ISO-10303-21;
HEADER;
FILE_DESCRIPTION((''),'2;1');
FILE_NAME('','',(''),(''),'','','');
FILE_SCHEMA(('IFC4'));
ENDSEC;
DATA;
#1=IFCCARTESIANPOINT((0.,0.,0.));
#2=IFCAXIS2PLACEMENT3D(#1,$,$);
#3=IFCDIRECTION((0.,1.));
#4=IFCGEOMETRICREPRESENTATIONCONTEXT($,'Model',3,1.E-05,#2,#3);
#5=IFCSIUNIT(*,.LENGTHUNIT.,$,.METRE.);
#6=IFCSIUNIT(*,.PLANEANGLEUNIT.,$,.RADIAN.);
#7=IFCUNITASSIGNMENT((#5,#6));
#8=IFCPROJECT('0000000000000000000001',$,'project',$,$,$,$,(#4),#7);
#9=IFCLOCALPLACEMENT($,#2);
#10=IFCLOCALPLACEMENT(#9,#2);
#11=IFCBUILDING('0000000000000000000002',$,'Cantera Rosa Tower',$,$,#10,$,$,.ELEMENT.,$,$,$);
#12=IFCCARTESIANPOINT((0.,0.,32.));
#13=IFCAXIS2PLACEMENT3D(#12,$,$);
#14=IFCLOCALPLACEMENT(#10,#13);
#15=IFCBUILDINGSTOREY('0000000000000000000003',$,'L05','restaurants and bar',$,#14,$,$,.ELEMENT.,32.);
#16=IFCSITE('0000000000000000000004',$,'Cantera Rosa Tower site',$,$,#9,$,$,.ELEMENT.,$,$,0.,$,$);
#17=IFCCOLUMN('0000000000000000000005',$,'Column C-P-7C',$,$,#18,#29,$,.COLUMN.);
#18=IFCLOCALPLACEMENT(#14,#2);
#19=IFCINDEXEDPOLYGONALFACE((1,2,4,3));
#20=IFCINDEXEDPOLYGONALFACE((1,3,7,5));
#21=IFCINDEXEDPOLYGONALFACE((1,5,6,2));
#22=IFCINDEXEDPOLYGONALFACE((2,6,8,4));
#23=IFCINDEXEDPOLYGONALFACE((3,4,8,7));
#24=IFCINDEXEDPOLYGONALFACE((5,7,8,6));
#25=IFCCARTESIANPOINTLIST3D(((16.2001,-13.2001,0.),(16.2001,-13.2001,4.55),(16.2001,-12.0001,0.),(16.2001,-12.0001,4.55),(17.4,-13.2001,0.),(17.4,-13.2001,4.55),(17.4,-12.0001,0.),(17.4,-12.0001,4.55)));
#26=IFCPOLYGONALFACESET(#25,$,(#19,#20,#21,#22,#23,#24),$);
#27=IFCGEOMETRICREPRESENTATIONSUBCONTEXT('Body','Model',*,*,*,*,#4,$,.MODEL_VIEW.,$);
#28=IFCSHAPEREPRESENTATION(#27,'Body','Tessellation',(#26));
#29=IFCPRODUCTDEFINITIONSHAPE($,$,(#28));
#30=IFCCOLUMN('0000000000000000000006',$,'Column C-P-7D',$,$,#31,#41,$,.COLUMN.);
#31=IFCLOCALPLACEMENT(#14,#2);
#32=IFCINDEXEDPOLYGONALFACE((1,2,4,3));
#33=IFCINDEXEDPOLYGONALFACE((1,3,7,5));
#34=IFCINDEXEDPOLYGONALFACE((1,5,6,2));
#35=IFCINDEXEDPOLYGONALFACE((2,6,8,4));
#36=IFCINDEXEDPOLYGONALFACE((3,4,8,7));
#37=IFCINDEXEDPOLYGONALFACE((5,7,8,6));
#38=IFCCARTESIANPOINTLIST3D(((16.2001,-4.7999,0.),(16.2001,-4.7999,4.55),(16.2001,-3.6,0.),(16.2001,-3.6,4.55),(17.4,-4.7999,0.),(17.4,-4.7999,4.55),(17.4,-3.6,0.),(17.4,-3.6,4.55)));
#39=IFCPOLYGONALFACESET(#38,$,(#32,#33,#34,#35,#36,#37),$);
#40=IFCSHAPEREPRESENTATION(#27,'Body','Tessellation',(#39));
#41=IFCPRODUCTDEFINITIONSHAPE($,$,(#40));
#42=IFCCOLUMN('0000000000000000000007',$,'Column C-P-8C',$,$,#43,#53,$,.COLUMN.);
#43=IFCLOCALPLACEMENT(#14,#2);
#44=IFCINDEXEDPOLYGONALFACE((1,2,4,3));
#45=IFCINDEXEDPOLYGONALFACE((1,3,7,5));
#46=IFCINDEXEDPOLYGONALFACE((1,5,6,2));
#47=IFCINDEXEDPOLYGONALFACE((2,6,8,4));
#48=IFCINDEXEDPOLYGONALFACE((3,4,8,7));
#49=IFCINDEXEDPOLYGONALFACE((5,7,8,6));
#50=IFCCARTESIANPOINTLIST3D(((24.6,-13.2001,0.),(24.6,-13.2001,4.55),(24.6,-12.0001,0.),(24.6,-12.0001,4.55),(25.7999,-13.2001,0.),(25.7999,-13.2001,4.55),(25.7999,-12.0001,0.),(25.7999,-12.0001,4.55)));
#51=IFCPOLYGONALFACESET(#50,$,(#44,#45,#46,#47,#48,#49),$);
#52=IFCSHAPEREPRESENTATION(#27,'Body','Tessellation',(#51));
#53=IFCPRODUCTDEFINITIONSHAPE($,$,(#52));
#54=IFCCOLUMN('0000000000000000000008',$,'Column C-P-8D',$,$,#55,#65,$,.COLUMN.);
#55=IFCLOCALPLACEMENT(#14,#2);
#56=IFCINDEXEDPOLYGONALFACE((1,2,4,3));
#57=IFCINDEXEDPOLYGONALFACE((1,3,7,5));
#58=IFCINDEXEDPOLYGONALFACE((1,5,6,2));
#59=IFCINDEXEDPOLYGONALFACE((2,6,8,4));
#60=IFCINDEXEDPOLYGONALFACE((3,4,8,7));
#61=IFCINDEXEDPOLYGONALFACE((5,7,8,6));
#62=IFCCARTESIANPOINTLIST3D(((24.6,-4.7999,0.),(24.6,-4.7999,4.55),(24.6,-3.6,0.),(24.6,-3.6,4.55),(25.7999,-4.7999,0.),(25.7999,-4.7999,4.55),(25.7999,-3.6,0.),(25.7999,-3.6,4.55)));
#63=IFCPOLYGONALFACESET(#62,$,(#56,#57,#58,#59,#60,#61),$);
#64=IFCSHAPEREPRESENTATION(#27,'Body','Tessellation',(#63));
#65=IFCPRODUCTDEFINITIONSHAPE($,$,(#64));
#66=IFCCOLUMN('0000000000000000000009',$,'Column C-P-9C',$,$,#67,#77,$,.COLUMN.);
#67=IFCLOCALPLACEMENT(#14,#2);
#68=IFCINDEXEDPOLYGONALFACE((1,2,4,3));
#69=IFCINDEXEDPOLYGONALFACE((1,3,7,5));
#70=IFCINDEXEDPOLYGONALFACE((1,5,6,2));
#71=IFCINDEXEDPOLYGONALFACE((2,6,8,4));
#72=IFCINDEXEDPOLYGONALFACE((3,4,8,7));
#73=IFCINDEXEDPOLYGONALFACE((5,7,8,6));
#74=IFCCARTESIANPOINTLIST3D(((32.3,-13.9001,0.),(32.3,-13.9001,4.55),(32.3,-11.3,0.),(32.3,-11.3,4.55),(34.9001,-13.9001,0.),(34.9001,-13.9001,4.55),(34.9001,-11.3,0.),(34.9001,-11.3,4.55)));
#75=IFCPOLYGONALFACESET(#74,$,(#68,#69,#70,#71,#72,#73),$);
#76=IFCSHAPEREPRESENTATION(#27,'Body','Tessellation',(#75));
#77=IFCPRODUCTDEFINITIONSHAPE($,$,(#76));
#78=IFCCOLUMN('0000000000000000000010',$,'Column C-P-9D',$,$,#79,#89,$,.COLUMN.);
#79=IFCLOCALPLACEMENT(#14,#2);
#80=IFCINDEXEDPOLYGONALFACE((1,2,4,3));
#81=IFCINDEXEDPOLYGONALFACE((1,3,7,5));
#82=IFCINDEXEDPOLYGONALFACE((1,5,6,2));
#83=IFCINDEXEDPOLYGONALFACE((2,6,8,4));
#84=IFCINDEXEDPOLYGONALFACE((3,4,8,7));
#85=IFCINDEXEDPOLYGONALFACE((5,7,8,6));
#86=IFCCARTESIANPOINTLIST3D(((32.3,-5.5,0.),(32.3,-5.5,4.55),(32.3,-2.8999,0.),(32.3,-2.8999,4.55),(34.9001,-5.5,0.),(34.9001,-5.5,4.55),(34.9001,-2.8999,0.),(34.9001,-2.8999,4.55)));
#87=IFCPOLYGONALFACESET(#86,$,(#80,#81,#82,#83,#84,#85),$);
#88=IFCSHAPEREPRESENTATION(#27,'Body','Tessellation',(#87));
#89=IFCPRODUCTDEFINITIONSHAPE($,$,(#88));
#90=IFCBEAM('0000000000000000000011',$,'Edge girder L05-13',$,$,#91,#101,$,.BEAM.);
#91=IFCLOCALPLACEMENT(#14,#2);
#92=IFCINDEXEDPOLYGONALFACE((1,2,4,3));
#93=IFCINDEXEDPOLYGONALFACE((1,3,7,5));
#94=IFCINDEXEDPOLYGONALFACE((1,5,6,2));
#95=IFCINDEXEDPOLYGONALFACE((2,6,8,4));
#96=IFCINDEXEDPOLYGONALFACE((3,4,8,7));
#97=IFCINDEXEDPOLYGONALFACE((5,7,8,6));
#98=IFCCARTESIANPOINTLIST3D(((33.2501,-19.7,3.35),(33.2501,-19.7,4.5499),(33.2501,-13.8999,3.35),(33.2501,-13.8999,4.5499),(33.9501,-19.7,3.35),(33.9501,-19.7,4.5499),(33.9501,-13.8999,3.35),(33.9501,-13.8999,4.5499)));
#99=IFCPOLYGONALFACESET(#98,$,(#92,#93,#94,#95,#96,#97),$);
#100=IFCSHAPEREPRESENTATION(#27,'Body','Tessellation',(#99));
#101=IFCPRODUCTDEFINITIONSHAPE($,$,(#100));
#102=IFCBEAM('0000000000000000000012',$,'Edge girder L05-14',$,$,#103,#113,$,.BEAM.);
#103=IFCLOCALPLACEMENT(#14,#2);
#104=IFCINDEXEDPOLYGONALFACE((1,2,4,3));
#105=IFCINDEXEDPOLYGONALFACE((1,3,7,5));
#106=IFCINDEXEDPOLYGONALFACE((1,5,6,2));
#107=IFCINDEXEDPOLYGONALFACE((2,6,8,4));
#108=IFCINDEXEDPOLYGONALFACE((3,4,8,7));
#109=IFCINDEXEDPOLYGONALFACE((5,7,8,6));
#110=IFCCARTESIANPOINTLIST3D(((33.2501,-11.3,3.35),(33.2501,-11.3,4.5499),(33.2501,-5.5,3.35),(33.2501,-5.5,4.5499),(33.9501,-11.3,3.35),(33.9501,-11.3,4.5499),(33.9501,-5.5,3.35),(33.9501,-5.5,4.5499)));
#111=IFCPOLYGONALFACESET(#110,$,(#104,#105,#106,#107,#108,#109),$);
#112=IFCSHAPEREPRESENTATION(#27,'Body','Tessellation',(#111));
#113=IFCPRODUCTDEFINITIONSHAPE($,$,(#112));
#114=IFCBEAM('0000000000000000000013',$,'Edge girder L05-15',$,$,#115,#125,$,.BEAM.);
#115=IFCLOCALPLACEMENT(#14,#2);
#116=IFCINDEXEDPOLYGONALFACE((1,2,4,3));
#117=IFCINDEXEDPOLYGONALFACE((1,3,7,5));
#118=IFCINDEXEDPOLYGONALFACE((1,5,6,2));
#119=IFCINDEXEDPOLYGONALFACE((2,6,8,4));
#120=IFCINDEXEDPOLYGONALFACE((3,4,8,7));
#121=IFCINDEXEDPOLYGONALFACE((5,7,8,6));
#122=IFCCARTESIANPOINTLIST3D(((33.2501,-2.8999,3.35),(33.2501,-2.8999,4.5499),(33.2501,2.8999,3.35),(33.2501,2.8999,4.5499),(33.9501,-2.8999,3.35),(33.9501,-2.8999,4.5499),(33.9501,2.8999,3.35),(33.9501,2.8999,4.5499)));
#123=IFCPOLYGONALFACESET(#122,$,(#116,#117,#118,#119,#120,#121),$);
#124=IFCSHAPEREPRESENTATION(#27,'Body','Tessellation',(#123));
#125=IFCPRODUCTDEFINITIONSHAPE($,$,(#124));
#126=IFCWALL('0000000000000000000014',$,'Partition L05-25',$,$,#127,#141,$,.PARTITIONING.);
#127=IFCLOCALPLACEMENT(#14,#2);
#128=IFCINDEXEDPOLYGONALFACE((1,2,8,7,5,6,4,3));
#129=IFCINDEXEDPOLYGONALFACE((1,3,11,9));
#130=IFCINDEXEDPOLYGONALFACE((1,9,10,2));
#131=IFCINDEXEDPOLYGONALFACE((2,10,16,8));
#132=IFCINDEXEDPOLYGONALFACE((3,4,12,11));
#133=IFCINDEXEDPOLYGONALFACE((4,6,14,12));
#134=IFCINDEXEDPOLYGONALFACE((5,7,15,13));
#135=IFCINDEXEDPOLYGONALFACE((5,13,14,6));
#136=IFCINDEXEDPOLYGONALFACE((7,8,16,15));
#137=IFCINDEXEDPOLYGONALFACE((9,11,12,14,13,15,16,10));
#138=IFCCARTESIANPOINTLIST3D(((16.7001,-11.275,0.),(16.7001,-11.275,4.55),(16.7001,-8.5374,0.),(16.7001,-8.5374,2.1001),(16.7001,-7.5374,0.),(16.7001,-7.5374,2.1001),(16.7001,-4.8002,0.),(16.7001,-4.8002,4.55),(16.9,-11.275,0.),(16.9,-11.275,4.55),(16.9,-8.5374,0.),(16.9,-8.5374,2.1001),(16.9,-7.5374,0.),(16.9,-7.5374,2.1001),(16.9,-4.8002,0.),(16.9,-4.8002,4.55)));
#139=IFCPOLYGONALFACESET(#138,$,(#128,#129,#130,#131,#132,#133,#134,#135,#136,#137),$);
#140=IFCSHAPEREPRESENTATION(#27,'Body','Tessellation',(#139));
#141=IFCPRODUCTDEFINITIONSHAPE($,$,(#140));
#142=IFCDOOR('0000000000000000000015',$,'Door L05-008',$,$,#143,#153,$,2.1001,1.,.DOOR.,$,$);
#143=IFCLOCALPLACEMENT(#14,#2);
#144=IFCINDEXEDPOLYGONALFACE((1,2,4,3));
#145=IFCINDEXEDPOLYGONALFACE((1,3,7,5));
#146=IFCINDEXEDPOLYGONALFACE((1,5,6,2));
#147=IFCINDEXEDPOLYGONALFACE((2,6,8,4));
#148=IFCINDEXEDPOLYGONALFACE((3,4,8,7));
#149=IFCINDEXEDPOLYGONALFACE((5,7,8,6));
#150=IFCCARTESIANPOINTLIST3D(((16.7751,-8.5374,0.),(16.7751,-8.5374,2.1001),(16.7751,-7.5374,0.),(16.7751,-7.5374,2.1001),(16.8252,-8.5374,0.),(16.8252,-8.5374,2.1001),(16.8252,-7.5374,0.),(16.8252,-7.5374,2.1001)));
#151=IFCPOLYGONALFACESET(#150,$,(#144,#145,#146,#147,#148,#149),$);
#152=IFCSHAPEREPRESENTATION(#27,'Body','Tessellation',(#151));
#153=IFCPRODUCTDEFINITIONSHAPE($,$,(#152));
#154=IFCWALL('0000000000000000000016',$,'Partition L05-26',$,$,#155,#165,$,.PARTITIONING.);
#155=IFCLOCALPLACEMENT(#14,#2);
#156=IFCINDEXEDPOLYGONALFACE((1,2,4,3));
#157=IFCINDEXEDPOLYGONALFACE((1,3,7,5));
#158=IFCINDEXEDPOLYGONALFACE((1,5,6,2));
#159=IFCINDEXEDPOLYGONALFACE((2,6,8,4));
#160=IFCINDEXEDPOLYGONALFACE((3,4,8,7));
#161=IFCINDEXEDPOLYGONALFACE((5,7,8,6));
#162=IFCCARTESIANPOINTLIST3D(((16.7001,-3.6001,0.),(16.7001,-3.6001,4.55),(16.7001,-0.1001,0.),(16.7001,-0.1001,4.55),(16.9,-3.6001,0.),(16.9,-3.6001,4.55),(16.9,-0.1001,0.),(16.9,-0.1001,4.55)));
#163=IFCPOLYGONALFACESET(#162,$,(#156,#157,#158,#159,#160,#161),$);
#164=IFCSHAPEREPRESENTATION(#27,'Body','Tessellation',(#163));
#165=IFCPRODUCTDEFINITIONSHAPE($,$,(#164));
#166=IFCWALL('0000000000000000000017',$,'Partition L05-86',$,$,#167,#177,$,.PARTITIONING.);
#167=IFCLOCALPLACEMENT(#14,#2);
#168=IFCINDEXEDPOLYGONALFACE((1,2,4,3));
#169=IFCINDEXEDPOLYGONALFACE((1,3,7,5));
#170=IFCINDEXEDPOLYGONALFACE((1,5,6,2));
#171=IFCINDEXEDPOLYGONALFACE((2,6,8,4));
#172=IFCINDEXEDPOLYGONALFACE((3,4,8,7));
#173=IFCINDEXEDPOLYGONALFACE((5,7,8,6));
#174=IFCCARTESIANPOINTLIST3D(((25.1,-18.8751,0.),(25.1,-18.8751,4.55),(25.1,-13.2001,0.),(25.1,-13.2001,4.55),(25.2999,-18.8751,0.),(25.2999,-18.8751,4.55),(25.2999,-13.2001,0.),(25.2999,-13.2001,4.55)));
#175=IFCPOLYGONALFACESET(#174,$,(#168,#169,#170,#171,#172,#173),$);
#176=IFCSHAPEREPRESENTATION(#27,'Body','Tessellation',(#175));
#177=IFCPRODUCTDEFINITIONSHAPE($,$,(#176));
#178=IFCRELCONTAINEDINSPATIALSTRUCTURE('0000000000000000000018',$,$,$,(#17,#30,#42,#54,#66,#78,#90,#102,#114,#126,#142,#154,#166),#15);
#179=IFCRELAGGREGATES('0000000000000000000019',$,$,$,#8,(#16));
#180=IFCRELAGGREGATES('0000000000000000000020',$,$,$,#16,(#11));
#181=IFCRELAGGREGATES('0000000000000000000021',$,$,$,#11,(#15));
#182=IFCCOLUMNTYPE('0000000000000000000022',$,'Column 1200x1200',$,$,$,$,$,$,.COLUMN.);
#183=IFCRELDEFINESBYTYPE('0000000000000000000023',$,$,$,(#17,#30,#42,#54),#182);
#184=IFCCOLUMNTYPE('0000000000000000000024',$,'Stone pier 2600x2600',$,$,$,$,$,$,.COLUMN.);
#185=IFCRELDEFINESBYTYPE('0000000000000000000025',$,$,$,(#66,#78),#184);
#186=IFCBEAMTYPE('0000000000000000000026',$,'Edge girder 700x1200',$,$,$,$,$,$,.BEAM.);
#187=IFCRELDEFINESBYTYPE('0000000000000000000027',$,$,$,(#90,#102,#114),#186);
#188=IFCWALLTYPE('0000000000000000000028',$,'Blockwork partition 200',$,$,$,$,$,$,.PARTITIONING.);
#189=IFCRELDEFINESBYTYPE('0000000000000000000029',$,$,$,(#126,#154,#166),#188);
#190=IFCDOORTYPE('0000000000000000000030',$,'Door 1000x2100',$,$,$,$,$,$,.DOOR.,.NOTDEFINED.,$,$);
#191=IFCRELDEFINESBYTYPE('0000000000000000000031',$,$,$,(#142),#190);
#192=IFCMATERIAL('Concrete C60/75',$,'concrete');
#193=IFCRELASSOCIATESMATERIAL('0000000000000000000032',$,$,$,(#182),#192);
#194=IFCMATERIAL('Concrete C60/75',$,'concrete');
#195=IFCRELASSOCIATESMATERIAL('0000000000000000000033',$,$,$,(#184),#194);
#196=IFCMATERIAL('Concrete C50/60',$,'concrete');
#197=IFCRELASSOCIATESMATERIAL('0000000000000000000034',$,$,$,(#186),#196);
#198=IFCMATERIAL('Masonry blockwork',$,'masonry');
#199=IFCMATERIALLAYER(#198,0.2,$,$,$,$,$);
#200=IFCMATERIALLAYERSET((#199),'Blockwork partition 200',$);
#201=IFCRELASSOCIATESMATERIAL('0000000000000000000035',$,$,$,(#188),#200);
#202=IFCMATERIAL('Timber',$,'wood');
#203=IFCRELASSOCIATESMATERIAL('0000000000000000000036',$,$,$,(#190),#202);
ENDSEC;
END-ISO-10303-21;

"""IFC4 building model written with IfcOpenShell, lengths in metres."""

from ifc_helpers import new_model, si_unit, direction, frame, frame_2d, origin, origin_2d, place, context, subcontext, project, spatial, rectangle, extrude, material, layer, layer_set, material_profile, profile_set, type_object, element, fill, save


model = new_model("IFC4")

# Units and contexts
model_context = context("Model", 3, precision=1e-05, world=origin(), true_north=direction((0.0, 1.0)))
body_context = subcontext(model_context, "Body", "Model", "MODEL_VIEW")
ifc_project = project(units=[si_unit("LENGTHUNIT", "METRE"), si_unit("PLANEANGLEUNIT", "RADIAN")], contexts=[model_context])

# Site, building, storey
site_placement = place(None, origin())
site = spatial("IfcSite", under=ifc_project, at=site_placement, Name="Cantera Rosa Tower site", CompositionType="ELEMENT", RefElevation=0.0)
building_placement = place(site_placement, origin())
building = spatial("IfcBuilding", under=site, at=building_placement, Name="Cantera Rosa Tower", CompositionType="ELEMENT")
storey_placement = place(building_placement, frame((0.0, 0.0, 32.0)))
storey = spatial("IfcBuildingStorey", under=building, at=storey_placement, Name="L05", Description="restaurants and bar", CompositionType="ELEMENT", Elevation=32.0)

# Columns
ifc_material_1 = material(Name="Concrete C60/75", Category="concrete")
ifc_material_profile_1 = material_profile(ifc_material_1, rectangle(XDim=1.2, YDim=1.2, at=origin_2d()), Name="Column 1200x1200")
ifc_profile_set_1 = profile_set([ifc_material_profile_1], Name="Concrete C60/75")
column_type_1 = type_object("IfcColumnType", Name="Column 1200x1200", PredefinedType="COLUMN", material=ifc_profile_set_1)
for number, where, z_axis, x_axis, name in (
    (1, (16.8, -12.6001, 0.0), (0.0, 0.0, 1.0), (1.0, 0.0, 0.0), "Column C-P-7C"),
    (2, (16.8, -4.2, 0.0), (0.0, 0.0, 1.0), (1.0, 0.0, 0.0), "Column C-P-7D"),
    (3, (25.2, -12.6001, 0.0), (0.0, 0.0, 1.0), (1.0, 0.0, 0.0), "Column C-P-8C"),
    (4, (25.2, -4.2, 0.0), (0.0, 0.0, 1.0), (1.0, 0.0, 0.0), "Column C-P-8D"),
):
    element("IfcColumn", number, at=place(storey_placement, frame(where, z_axis=z_axis, x_axis=x_axis)), inside=storey, type_object=column_type_1, Name=name, PredefinedType="COLUMN", context=body_context, shape_type="SweptSolid", body=[
        extrude(rectangle(XDim=1.2, YDim=1.2, at=origin_2d()), origin(), (0.0, 0.0, 1.0), 4.55),
    ])
ifc_material_2 = material(Name="Concrete C60/75", Category="concrete")
ifc_material_profile_2 = material_profile(ifc_material_2, rectangle(XDim=2.6001, YDim=2.6001, at=origin_2d()), Name="Stone pier 2600x2600")
ifc_profile_set_2 = profile_set([ifc_material_profile_2], Name="Concrete C60/75")
column_type_2 = type_object("IfcColumnType", Name="Stone pier 2600x2600", PredefinedType="COLUMN", material=ifc_profile_set_2)
for number, where, z_axis, x_axis, name in (
    (5, (33.6001, -12.6001, 0.0), (0.0, 0.0, 1.0), (1.0, 0.0, 0.0), "Column C-P-9C"),
    (6, (33.6001, -4.2, 0.0), (0.0, 0.0, 1.0), (1.0, 0.0, 0.0), "Column C-P-9D"),
):
    element("IfcColumn", number, at=place(storey_placement, frame(where, z_axis=z_axis, x_axis=x_axis)), inside=storey, type_object=column_type_2, Name=name, PredefinedType="COLUMN", context=body_context, shape_type="SweptSolid", body=[
        extrude(rectangle(XDim=2.6001, YDim=2.6001, at=origin_2d()), origin(), (0.0, 0.0, 1.0), 4.55),
    ])

# Beams
ifc_material_3 = material(Name="Concrete C50/60", Category="concrete")
ifc_material_profile_3 = material_profile(ifc_material_3, rectangle(XDim=0.7, YDim=1.2, at=origin_2d()), Name="Edge girder 700x1200")
ifc_profile_set_3 = profile_set([ifc_material_profile_3], Name="Concrete C50/60")
beam_type = type_object("IfcBeamType", Name="Edge girder 700x1200", PredefinedType="BEAM", material=ifc_profile_set_3)
for number, where, z_axis, x_axis, name in (
    (7, (33.6001, -19.7, 3.95), (0.0, 1.0, 0.0), (-1.0, 0.0, 0.0), "Edge girder L05-13"),
    (8, (33.6001, -11.3, 3.95), (0.0, 1.0, 0.0), (-1.0, 0.0, 0.0), "Edge girder L05-14"),
):
    element("IfcBeam", number, at=place(storey_placement, frame(where, z_axis=z_axis, x_axis=x_axis)), inside=storey, type_object=beam_type, Name=name, PredefinedType="BEAM", context=body_context, shape_type="SweptSolid", body=[
        extrude(rectangle(XDim=0.7, YDim=1.2, at=origin_2d()), origin(), (0.0, 0.0, 1.0), 5.8),
    ])
beam_placement = place(storey_placement, frame((33.6001, -2.8999, 3.95), z_axis=(0.0, 1.0, 0.0), x_axis=(-1.0, 0.0, 0.0)))
element("IfcBeam", 9, at=beam_placement, inside=storey, type_object=beam_type, Name="Edge girder L05-15", PredefinedType="BEAM", context=body_context, shape_type="SweptSolid", body=[
    extrude(rectangle(XDim=0.7, YDim=1.2, at=origin_2d()), origin(), (0.0, 0.0, 1.0), 5.7998),
])

# Wall, opening, door
ifc_material_4 = material(Name="Masonry blockwork", Category="masonry")
ifc_layer_1 = layer(ifc_material_4, 0.2)
ifc_layer_set_1 = layer_set([ifc_layer_1], Name="Blockwork partition 200")
wall_type_1 = type_object("IfcWallType", Name="Blockwork partition 200", PredefinedType="PARTITIONING", material=ifc_layer_set_1)
wall_1_placement = place(storey_placement, frame((16.8, -11.2749, 0.0), z_axis=(0.0, 0.0, 1.0), x_axis=(0.0, 1.0, 0.0)))
wall_1 = element("IfcWall", 10, at=wall_1_placement, inside=storey, type_object=wall_type_1, Name="Partition L05-25", PredefinedType="PARTITIONING", context=body_context, shape_type="SweptSolid", body=[
    extrude(rectangle(XDim=6.4749, YDim=0.2, at=frame_2d((3.2373, 0.0))), origin(), (0.0, 0.0, 1.0), 4.55),
])
opening_1_placement = place(wall_1_placement, frame((2.7375, 0.0, 0.0)))
opening_1 = element("IfcOpeningElement", 11, at=opening_1_placement, cuts=wall_1, PredefinedType="OPENING", context=body_context, shape_type="SweptSolid", body=[
    extrude(rectangle(XDim=1.0, YDim=2.1001, at=frame_2d((0.5, 1.05))), frame((0.0, 0.1099, 0.0), z_axis=(0.0, -1.0, 0.0), x_axis=(1.0, 0.0, 0.0)), (0.0, 0.0, 1.0), 0.22),
])
ifc_material_5 = material(Name="Timber", Category="wood")
door_type_1 = type_object("IfcDoorType", Name="Door 1000x2100", OperationType="NOTDEFINED", PredefinedType="DOOR", material=ifc_material_5)
door_1_placement = place(opening_1_placement, origin())
door_1 = element("IfcDoor", 12, at=door_1_placement, inside=storey, type_object=door_type_1, Name="Door L05-008", OverallHeight=2.1001, OverallWidth=1.0, PredefinedType="DOOR", context=body_context, shape_type="SweptSolid", body=[
    extrude(rectangle(XDim=1.0, YDim=2.1001, at=frame_2d((0.5, 1.05))), frame((0.0, 0.0249, 0.0), z_axis=(0.0, -1.0, 0.0), x_axis=(1.0, 0.0, 0.0)), (0.0, 0.0, 1.0), 0.05),
])
fill(opening_1, door_1)

# Walls
wall_2_placement = place(storey_placement, frame((16.8, -3.6001, 0.0), z_axis=(0.0, 0.0, 1.0), x_axis=(0.0, 1.0, 0.0)))
element("IfcWall", 13, at=wall_2_placement, inside=storey, type_object=wall_type_1, Name="Partition L05-26", PredefinedType="PARTITIONING", context=body_context, shape_type="SweptSolid", body=[
    extrude(rectangle(XDim=3.5, YDim=0.2, at=frame_2d((1.75, 0.0))), origin(), (0.0, 0.0, 1.0), 4.55),
])
wall_3_placement = place(storey_placement, frame((25.2, -18.875, 0.0), z_axis=(0.0, 0.0, 1.0), x_axis=(0.0, 1.0, 0.0)))
element("IfcWall", 14, at=wall_3_placement, inside=storey, type_object=wall_type_1, Name="Partition L05-86", PredefinedType="PARTITIONING", context=body_context, shape_type="SweptSolid", body=[
    extrude(rectangle(XDim=5.675, YDim=0.2, at=frame_2d((2.8374, 0.0))), origin(), (0.0, 0.0, 1.0), 4.55),
])

save(model, "model.ifc")
